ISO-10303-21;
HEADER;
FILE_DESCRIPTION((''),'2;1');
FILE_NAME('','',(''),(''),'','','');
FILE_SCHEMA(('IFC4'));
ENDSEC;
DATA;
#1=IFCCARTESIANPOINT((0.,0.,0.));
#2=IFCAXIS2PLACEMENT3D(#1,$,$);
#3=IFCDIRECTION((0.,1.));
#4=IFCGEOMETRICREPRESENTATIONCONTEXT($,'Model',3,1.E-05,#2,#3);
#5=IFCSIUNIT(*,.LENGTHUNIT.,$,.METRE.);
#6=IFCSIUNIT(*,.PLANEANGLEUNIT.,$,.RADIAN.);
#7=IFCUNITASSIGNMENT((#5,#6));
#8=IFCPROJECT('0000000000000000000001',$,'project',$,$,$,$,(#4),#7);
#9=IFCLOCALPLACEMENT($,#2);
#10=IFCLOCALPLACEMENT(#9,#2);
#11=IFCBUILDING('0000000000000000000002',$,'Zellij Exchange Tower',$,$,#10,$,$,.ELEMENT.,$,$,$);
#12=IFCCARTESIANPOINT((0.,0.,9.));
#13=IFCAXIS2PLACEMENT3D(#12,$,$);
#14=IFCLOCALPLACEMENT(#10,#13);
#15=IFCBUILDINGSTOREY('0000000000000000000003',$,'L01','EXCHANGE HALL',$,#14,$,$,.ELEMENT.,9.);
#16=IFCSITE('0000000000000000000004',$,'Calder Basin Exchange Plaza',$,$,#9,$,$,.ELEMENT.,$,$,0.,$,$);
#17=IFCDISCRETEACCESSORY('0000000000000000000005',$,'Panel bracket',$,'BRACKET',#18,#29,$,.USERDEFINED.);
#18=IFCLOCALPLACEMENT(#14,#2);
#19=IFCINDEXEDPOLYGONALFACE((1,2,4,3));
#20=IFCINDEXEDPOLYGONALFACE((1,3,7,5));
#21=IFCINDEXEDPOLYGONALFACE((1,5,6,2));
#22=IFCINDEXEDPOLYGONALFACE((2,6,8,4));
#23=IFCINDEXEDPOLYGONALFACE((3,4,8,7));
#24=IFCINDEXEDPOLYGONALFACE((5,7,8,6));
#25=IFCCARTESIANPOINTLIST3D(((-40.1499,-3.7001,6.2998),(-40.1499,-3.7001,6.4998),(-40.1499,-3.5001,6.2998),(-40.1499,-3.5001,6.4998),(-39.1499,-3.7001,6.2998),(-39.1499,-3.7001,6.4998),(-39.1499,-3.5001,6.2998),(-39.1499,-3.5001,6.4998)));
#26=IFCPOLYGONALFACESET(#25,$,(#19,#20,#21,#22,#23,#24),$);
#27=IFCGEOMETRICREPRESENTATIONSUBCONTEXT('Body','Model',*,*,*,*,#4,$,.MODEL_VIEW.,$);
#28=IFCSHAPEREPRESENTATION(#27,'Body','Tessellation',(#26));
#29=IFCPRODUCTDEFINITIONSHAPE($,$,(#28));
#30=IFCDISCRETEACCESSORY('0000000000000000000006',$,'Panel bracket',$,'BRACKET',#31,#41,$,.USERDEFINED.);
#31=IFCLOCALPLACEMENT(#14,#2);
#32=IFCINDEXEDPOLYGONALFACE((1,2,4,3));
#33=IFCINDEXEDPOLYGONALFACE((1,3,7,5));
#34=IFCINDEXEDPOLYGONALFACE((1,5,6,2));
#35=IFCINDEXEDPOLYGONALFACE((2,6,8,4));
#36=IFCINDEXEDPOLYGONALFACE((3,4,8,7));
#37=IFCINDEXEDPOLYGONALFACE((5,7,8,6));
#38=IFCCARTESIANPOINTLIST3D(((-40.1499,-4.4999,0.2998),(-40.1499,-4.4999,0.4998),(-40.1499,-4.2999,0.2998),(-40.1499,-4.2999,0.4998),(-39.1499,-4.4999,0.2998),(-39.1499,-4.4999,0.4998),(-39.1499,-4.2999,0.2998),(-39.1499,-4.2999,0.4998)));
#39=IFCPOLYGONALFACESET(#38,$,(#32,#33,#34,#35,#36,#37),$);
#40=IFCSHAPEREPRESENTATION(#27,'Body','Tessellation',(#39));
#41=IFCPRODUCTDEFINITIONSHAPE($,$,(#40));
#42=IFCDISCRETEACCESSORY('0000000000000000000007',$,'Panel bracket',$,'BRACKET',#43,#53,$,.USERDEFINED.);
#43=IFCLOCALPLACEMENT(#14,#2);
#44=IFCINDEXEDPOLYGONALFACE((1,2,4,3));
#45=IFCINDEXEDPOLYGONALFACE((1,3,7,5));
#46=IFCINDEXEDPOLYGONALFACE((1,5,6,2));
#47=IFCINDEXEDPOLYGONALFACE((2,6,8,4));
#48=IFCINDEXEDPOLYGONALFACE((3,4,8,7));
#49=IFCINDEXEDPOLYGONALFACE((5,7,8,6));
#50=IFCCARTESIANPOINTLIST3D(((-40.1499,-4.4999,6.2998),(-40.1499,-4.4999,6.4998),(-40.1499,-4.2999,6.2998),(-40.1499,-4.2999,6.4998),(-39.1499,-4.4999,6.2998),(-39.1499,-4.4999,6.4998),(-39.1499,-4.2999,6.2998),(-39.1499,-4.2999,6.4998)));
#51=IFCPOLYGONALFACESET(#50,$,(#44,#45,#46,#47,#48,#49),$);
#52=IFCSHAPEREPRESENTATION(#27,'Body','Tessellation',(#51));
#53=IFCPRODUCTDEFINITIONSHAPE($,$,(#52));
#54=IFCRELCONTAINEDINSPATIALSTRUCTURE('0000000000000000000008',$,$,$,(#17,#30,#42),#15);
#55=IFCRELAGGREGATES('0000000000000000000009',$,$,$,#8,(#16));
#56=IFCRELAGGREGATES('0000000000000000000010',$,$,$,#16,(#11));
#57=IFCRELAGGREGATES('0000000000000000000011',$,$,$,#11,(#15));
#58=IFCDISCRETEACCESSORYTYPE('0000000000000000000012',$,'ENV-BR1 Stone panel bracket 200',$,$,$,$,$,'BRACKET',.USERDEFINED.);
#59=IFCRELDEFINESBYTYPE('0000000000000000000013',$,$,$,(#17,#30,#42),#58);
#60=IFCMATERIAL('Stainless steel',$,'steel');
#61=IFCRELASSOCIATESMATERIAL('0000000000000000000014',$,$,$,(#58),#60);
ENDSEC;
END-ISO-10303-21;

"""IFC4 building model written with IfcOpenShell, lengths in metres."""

from ifc_helpers import new_model, si_unit, direction, frame, origin, origin_2d, place, context, subcontext, project, spatial, rectangle, extrude, material, type_object, element, save


model = new_model("IFC4")

# Units and contexts
model_context = context("Model", 3, precision=1e-05, world=origin(), true_north=direction((0.0, 1.0)))
body_context = subcontext(model_context, "Body", "Model", "MODEL_VIEW")
ifc_project = project(units=[si_unit("LENGTHUNIT", "METRE"), si_unit("PLANEANGLEUNIT", "RADIAN")], contexts=[model_context])

# Site, building, storey
site_placement = place(None, origin())
site = spatial("IfcSite", under=ifc_project, at=site_placement, Name="Calder Basin Exchange Plaza", CompositionType="ELEMENT", RefElevation=0.0)
building_placement = place(site_placement, origin())
building = spatial("IfcBuilding", under=site, at=building_placement, Name="Zellij Exchange Tower", CompositionType="ELEMENT")
storey_placement = place(building_placement, frame((0.0, 0.0, 9.0)))
storey = spatial("IfcBuildingStorey", under=building, at=storey_placement, Name="L01", Description="EXCHANGE HALL", CompositionType="ELEMENT", Elevation=9.0)

# Discrete accessories
ifc_material_1 = material(Name="Stainless steel", Category="steel")
discrete_accessory_type = type_object("IfcDiscreteAccessoryType", Name="ENV-BR1 Stone panel bracket 200", ElementType="BRACKET", PredefinedType="USERDEFINED", material=ifc_material_1)
for number, where, z_axis, x_axis, name in (
    (1, (-39.6499, -3.6001, 6.2998), (0.0, 0.0, 1.0), (0.0, -1.0, 0.0), "Panel bracket"),
    (2, (-39.6499, -4.3999, 0.2998), (0.0, 0.0, 1.0), (0.0, -1.0, 0.0), "Panel bracket"),
    (3, (-39.6499, -4.3999, 6.2998), (0.0, 0.0, 1.0), (0.0, -1.0, 0.0), "Panel bracket"),
):
    element("IfcDiscreteAccessory", number, at=place(storey_placement, frame(where, z_axis=z_axis, x_axis=x_axis)), inside=storey, type_object=discrete_accessory_type, Name=name, ObjectType="BRACKET", PredefinedType="USERDEFINED", context=body_context, shape_type="SweptSolid", body=[
        extrude(rectangle(XDim=0.2, YDim=1.0, at=origin_2d()), origin(), (0.0, 0.0, 1.0), 0.2),
    ])

save(model, "model.ifc")
